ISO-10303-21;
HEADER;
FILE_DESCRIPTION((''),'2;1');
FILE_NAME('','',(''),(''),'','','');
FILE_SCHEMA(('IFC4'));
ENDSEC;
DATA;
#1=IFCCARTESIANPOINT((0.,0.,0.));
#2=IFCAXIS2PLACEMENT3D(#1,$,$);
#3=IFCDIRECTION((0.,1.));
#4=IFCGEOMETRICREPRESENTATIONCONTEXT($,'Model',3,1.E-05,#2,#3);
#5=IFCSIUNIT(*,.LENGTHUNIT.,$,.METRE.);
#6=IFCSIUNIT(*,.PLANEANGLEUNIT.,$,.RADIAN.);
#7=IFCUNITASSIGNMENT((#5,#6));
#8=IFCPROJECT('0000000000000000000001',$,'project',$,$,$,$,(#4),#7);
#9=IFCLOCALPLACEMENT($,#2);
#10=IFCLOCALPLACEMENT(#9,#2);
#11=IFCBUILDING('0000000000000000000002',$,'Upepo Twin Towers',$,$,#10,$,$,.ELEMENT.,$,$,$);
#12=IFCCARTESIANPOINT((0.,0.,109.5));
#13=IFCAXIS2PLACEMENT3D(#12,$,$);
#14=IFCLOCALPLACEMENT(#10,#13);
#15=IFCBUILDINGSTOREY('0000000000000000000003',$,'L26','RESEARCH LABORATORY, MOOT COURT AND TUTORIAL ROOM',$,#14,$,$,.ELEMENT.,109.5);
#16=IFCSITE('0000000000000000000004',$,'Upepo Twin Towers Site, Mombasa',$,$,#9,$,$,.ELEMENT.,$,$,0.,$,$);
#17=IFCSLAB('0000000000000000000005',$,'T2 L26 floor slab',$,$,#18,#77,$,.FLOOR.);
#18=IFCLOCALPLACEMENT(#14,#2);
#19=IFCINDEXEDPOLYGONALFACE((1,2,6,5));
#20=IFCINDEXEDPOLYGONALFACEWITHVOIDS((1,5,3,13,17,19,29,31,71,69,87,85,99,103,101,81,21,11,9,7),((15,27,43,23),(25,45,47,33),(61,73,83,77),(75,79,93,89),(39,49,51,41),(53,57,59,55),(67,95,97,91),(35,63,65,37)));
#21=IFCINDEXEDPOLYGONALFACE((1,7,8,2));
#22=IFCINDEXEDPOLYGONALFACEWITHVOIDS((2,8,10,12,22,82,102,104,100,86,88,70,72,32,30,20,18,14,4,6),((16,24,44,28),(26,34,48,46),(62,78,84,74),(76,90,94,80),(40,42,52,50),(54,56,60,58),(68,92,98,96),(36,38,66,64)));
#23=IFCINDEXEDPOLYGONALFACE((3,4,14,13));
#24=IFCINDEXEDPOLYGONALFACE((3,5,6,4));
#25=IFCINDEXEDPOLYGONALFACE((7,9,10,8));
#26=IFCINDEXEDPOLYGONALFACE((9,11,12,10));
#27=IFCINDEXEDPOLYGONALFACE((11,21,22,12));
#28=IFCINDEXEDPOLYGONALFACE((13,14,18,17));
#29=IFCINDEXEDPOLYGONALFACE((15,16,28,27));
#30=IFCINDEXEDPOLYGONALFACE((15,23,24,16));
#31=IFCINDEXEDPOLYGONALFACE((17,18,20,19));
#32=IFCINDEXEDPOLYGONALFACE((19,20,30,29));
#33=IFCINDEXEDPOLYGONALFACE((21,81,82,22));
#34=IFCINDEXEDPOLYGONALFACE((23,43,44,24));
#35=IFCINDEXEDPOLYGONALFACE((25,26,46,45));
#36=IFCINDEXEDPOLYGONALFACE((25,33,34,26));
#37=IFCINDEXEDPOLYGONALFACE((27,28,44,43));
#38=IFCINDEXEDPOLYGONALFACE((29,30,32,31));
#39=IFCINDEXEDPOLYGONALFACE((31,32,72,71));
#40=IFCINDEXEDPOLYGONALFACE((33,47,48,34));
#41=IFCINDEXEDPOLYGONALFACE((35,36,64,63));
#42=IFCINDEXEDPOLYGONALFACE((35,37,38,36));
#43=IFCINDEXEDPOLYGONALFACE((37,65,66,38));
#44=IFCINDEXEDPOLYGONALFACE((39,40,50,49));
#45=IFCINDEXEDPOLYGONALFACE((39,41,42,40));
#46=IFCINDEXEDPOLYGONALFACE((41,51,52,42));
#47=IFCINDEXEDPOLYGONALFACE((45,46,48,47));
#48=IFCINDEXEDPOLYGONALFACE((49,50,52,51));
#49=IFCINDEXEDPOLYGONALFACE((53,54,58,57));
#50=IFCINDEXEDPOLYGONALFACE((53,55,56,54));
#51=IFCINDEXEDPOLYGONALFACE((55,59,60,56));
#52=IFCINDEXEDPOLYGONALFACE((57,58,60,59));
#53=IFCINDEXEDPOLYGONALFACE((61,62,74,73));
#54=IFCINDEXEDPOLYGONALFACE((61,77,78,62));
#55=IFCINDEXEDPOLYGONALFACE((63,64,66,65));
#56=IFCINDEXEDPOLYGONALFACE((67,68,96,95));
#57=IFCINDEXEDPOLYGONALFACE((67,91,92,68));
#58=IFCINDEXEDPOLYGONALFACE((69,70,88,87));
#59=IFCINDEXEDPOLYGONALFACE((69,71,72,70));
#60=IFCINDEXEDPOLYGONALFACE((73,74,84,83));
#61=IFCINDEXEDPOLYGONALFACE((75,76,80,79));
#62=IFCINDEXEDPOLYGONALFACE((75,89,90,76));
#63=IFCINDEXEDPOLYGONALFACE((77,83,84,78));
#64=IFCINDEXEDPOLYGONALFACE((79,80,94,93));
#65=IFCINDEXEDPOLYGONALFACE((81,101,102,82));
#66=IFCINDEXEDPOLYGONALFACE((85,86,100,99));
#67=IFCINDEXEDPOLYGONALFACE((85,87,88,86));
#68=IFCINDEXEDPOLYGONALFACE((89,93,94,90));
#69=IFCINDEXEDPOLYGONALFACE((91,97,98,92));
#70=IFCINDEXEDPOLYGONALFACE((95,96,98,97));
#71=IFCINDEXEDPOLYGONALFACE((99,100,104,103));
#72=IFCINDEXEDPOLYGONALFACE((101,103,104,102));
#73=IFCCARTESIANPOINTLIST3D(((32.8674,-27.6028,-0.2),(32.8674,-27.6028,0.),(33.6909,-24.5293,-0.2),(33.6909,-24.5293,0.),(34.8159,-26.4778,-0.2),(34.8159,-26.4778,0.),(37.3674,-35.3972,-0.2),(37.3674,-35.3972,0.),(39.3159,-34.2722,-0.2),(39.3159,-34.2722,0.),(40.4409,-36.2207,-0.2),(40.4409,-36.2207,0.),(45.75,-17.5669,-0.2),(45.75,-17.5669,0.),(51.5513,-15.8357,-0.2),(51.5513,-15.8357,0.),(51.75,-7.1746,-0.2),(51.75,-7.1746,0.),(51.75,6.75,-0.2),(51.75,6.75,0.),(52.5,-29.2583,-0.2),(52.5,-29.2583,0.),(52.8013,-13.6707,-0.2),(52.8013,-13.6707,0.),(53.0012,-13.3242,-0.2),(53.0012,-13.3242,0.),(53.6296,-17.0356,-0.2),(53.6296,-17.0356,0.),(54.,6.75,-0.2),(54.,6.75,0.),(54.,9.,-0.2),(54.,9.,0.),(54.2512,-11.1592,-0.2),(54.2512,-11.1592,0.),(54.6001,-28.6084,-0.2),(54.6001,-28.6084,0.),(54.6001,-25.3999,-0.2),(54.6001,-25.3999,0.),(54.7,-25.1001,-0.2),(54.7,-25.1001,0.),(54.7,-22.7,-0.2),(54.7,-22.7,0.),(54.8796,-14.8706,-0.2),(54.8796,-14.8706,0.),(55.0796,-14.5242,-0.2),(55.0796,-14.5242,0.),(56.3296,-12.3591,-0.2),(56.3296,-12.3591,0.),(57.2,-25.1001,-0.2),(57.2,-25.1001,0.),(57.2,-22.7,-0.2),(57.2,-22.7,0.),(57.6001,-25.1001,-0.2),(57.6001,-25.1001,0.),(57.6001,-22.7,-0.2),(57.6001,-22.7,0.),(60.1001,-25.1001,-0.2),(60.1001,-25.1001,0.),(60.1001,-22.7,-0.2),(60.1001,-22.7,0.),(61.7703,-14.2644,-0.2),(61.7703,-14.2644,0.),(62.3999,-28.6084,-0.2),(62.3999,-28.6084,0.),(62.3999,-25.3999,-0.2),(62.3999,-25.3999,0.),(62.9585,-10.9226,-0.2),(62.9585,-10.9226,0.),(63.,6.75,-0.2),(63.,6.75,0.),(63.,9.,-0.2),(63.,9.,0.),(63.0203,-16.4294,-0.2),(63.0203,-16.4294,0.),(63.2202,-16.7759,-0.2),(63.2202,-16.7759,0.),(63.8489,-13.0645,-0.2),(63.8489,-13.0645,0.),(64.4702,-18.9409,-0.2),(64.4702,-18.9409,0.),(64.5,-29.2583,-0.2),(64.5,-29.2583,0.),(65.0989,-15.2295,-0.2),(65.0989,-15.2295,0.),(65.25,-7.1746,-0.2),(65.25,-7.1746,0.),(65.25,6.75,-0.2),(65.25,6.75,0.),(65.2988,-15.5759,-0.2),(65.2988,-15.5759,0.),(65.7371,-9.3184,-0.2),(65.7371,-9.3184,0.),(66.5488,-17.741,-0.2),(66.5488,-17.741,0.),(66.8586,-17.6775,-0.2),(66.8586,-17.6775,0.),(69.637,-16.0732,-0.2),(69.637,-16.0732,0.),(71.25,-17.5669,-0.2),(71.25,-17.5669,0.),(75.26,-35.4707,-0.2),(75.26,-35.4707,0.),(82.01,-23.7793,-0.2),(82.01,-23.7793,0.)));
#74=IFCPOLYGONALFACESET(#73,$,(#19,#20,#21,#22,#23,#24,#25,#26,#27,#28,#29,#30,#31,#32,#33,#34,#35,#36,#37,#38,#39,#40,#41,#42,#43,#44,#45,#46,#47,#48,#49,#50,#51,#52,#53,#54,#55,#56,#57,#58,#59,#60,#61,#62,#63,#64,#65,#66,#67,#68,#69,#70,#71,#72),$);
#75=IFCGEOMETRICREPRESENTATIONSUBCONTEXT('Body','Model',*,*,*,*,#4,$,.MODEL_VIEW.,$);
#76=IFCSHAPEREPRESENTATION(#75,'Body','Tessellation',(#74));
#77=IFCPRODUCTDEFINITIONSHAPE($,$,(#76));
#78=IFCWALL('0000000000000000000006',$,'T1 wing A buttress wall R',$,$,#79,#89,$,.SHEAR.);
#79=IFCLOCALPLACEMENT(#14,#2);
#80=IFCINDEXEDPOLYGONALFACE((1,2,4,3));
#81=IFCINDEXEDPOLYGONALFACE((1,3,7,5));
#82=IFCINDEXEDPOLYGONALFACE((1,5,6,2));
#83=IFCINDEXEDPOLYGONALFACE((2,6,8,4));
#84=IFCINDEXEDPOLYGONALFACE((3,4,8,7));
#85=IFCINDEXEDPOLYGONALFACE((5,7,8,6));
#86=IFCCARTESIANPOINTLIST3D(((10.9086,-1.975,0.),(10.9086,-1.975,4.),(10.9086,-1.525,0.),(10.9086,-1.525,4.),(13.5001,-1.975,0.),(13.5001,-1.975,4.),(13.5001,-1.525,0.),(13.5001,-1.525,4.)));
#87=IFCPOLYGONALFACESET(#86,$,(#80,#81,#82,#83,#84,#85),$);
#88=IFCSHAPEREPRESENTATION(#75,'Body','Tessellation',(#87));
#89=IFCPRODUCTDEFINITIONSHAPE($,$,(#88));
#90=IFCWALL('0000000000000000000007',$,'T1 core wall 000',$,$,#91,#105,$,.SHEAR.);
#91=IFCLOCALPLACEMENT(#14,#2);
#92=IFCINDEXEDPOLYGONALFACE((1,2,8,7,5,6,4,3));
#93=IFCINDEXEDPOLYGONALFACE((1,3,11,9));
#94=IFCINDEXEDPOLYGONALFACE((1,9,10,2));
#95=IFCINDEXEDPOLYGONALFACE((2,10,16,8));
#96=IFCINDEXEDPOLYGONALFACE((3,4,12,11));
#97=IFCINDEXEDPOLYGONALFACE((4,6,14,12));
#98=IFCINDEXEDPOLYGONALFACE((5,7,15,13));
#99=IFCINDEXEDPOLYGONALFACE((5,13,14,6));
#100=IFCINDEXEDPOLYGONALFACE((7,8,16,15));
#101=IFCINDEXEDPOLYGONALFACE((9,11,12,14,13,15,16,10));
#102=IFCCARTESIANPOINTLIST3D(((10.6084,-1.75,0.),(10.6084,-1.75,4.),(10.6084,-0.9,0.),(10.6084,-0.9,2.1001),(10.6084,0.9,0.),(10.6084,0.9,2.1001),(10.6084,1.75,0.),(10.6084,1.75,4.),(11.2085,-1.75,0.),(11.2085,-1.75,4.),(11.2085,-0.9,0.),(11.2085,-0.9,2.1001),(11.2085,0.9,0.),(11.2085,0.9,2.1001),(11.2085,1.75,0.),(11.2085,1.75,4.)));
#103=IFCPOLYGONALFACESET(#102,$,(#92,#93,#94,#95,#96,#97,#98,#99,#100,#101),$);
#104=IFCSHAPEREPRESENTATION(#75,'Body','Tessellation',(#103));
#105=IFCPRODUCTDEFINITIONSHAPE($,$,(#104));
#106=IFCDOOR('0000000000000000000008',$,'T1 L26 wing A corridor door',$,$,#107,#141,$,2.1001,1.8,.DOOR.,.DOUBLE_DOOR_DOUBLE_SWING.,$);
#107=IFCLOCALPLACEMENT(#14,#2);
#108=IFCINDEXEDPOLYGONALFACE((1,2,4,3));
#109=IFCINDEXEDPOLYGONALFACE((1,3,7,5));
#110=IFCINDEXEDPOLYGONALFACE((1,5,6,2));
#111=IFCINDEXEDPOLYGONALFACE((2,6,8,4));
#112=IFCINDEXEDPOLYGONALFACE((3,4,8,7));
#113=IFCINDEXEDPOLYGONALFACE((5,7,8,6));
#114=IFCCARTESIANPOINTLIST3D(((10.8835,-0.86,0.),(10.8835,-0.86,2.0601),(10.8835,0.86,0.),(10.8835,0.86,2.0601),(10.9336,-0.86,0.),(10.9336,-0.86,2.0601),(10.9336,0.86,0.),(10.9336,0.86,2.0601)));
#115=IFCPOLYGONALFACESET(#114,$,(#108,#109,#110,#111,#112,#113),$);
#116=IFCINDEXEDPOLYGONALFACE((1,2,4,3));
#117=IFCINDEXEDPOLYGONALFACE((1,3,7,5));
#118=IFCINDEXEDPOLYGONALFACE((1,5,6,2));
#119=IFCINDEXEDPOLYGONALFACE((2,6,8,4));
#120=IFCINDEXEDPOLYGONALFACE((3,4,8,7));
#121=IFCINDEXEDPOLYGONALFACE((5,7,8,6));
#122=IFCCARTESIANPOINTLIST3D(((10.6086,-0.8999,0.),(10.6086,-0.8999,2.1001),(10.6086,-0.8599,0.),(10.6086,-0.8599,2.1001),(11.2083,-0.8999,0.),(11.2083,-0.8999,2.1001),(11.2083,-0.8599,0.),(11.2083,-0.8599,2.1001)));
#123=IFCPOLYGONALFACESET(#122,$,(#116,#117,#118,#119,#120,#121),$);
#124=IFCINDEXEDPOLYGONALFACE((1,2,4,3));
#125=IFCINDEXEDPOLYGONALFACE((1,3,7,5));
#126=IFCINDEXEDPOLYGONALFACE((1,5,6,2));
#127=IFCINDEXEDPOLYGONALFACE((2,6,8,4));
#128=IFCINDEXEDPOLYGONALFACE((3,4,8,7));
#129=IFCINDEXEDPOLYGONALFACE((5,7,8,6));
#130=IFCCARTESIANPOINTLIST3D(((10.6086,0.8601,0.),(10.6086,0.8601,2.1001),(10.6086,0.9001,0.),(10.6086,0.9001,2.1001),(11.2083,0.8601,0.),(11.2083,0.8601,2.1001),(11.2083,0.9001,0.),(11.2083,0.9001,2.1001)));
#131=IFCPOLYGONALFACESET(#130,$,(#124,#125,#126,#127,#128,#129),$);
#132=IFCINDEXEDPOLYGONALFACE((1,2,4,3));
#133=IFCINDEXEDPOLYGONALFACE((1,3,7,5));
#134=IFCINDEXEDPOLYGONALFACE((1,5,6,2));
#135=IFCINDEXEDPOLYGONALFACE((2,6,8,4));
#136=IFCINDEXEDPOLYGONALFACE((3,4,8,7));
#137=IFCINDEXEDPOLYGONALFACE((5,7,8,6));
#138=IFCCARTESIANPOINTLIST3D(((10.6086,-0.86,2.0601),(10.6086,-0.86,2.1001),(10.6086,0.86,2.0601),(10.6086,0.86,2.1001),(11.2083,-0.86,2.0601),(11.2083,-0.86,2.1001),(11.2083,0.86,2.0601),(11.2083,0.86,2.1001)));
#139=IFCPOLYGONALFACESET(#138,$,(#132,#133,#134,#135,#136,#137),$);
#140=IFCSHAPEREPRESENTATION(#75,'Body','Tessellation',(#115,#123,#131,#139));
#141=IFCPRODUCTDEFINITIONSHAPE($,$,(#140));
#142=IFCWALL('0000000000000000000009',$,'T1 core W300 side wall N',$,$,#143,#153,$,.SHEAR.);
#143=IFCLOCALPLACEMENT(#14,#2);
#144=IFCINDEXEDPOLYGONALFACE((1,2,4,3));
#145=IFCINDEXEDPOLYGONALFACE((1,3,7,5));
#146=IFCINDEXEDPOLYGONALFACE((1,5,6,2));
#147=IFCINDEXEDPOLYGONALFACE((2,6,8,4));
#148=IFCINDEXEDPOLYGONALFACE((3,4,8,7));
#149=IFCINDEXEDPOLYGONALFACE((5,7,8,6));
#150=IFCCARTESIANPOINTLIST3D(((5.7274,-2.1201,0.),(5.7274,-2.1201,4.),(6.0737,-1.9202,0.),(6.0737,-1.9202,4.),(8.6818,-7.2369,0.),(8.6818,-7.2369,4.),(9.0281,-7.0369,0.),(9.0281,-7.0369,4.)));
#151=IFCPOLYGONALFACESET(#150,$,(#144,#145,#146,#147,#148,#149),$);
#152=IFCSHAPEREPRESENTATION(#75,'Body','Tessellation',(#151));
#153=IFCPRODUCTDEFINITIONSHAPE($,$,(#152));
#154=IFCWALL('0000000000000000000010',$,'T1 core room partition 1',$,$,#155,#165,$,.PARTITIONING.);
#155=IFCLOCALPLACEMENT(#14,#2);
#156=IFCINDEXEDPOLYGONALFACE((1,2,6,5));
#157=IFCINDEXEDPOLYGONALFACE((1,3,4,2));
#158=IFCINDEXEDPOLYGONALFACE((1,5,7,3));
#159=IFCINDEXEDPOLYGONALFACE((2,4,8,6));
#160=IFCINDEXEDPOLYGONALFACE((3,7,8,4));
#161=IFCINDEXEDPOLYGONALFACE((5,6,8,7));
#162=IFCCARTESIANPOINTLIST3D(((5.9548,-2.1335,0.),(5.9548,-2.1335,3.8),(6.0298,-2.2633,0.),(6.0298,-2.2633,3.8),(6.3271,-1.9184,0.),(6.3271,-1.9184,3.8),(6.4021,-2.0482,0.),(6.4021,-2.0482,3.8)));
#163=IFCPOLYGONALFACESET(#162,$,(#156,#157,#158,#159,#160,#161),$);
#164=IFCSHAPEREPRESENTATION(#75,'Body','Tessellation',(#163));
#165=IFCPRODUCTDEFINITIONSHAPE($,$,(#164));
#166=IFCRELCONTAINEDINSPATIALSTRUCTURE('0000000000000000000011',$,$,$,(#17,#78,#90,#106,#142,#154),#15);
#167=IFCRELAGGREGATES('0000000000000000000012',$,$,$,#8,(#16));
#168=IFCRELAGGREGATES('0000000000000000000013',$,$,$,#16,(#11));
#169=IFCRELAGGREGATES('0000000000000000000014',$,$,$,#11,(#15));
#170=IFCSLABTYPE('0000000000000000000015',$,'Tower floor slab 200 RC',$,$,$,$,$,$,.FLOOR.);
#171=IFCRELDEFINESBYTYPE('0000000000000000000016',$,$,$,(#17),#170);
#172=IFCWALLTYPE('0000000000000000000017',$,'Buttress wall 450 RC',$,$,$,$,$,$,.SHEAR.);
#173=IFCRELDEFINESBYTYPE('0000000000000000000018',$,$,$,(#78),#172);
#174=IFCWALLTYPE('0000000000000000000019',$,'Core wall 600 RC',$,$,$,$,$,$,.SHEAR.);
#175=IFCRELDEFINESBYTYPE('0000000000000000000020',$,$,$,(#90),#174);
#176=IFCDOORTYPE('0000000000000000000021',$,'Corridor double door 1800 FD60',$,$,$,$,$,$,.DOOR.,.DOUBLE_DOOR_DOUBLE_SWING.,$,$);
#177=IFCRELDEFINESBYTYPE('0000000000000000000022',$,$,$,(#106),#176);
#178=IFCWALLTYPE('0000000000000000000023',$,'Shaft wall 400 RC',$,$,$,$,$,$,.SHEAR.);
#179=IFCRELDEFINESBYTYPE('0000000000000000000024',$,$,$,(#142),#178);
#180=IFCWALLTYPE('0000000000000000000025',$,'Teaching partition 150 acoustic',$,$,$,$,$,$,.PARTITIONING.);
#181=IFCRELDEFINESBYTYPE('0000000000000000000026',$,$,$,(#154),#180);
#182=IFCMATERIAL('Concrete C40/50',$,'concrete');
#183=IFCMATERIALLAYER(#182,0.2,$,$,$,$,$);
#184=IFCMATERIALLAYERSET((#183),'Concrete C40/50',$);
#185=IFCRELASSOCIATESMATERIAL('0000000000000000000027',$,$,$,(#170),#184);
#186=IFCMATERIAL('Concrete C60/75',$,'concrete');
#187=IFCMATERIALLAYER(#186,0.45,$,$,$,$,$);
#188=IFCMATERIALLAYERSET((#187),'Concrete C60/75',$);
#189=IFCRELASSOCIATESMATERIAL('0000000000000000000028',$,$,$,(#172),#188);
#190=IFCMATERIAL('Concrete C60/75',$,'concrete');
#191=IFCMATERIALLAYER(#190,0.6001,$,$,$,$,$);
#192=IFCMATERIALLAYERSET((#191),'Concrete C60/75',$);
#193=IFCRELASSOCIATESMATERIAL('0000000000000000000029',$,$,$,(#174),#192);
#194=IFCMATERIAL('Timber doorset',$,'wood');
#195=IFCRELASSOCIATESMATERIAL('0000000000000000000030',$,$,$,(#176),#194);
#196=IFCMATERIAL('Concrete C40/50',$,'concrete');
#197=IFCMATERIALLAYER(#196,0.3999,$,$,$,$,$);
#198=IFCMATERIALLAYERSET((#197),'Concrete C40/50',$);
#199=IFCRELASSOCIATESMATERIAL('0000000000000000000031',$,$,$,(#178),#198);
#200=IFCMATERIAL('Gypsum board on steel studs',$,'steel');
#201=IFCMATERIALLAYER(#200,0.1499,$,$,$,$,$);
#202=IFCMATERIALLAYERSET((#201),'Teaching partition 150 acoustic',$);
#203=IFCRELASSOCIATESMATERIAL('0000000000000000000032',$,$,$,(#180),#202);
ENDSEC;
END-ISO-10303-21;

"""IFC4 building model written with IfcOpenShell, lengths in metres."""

from ifc_helpers import new_model, si_unit, direction, frame, frame_2d, origin, place, context, subcontext, project, spatial, polyline, rectangle, outline, extrude, material, layer, layer_set, type_object, element, fill, save


model = new_model("IFC4")

# Units and contexts
model_context = context("Model", 3, precision=1e-05, world=origin(), true_north=direction((0.0, 1.0)))
body_context = subcontext(model_context, "Body", "Model", "MODEL_VIEW")
ifc_project = project(units=[si_unit("LENGTHUNIT", "METRE"), si_unit("PLANEANGLEUNIT", "RADIAN")], contexts=[model_context])

# Site, building, storey
site_placement = place(None, origin())
site = spatial("IfcSite", under=ifc_project, at=site_placement, Name="Upepo Twin Towers Site, Mombasa", CompositionType="ELEMENT", RefElevation=0.0)
building_placement = place(site_placement, origin())
building = spatial("IfcBuilding", under=site, at=building_placement, Name="Upepo Twin Towers", CompositionType="ELEMENT")
storey_placement = place(building_placement, frame((0.0, 0.0, 109.5)))
storey = spatial("IfcBuildingStorey", under=building, at=storey_placement, Name="L26", Description="RESEARCH LABORATORY, MOOT COURT AND TUTORIAL ROOM", CompositionType="ELEMENT", Elevation=109.5)

# Slab
ifc_material_1 = material(Name="Concrete C40/50", Category="concrete")
ifc_layer_1 = layer(ifc_material_1, 0.2)
ifc_layer_set_1 = layer_set([ifc_layer_1], Name="Concrete C40/50")
slab_type_1 = type_object("IfcSlabType", Name="Tower floor slab 200 RC", PredefinedType="FLOOR", material=ifc_layer_set_1)
slab_1_placement = place(storey_placement, frame((0.0, 0.0, -0.2)))
element("IfcSlab", 1, at=slab_1_placement, inside=storey, type_object=slab_type_1, Name="T2 L26 floor slab", PredefinedType="FLOOR", context=body_context, shape_type="SweptSolid", body=[
    extrude(outline(polyline([(75.26, -35.4707), (64.5, -29.2583), (52.5, -29.2583), (40.4409, -36.2207), (39.3159, -34.2722), (37.3674, -35.3972), (32.8674, -27.6028), (34.8159, -26.4778), (33.6909, -24.5293), (45.75, -17.5669), (51.75, -7.1746), (51.75, 6.75), (54.0, 6.75), (54.0, 9.0), (63.0, 9.0), (63.0, 6.75), (65.25, 6.75), (65.25, -7.1746), (71.25, -17.5669), (82.01, -23.7793), (75.26, -35.4707)]), holes=[polyline([(56.3296, -12.3591), (54.2512, -11.1592), (53.0012, -13.3242), (55.0796, -14.5242), (56.3296, -12.3591)]), polyline([(54.8796, -14.8706), (52.8013, -13.6707), (51.5513, -15.8357), (53.6296, -17.0356), (54.8796, -14.8706)]), polyline([(54.7, -22.7), (54.7, -25.1001), (57.2, -25.1001), (57.2, -22.7), (54.7, -22.7)]), polyline([(57.6001, -22.7), (57.6001, -25.1001), (60.1001, -25.1001), (60.1001, -22.7), (57.6001, -22.7)]), polyline([(54.6001, -25.3999), (54.6001, -28.6084), (62.3999, -28.6084), (62.3999, -25.3999), (54.6001, -25.3999)]), polyline([(64.4702, -18.9409), (66.5488, -17.741), (65.2988, -15.5759), (63.2202, -16.7759), (64.4702, -18.9409)]), polyline([(63.0203, -16.4294), (65.0989, -15.2295), (63.8489, -13.0645), (61.7703, -14.2644), (63.0203, -16.4294)]), polyline([(66.8586, -17.6775), (69.637, -16.0732), (65.7371, -9.3184), (62.9585, -10.9226), (66.8586, -17.6775)])]), origin(), (0.0, 0.0, 1.0), 0.2),
])

# Wall
ifc_material_2 = material(Name="Concrete C60/75", Category="concrete")
ifc_layer_2 = layer(ifc_material_2, 0.45)
ifc_layer_set_2 = layer_set([ifc_layer_2], Name="Concrete C60/75")
wall_type_1 = type_object("IfcWallType", Name="Buttress wall 450 RC", PredefinedType="SHEAR", material=ifc_layer_set_2)
wall_1_placement = place(storey_placement, frame((10.9084, -1.75, 0.0), z_axis=(0.0, 0.0, 1.0), x_axis=(1.0, 0.0, 0.0)))
element("IfcWall", 2, at=wall_1_placement, inside=storey, type_object=wall_type_1, Name="T1 wing A buttress wall R", PredefinedType="SHEAR", context=body_context, shape_type="SweptSolid", body=[
    extrude(rectangle(XDim=2.5916, YDim=0.45, at=frame_2d((1.2959, 0.0))), origin(), (0.0, 0.0, 1.0), 4.0),
])

# Wall, opening, door
ifc_material_3 = material(Name="Concrete C60/75", Category="concrete")
ifc_layer_3 = layer(ifc_material_3, 0.6001)
ifc_layer_set_3 = layer_set([ifc_layer_3], Name="Concrete C60/75")
wall_type_2 = type_object("IfcWallType", Name="Core wall 600 RC", PredefinedType="SHEAR", material=ifc_layer_set_3)
wall_2_placement = place(storey_placement, frame((10.9084, -1.75, 0.0), z_axis=(0.0, 0.0, 1.0), x_axis=(0.0, 1.0, 0.0)))
wall_2 = element("IfcWall", 3, at=wall_2_placement, inside=storey, type_object=wall_type_2, Name="T1 core wall 000", PredefinedType="SHEAR", context=body_context, shape_type="SweptSolid", body=[
    extrude(rectangle(XDim=3.5, YDim=0.6001, at=frame_2d((1.75, 0.0))), origin(), (0.0, 0.0, 1.0), 4.0),
])
opening_1_placement = place(wall_2_placement, frame((0.8501, 0.0, 0.0)))
opening_1 = element("IfcOpeningElement", 4, at=opening_1_placement, cuts=wall_2, PredefinedType="OPENING", context=body_context, shape_type="SweptSolid", body=[
    extrude(rectangle(XDim=1.8, YDim=2.1001, at=frame_2d((0.8999, 1.05))), frame((0.0, 0.3101, 0.0), z_axis=(0.0, -1.0, 0.0), x_axis=(1.0, 0.0, 0.0)), (0.0, 0.0, 1.0), 0.6201),
])
ifc_material_4 = material(Name="Timber doorset", Category="wood")
door_type_1 = type_object("IfcDoorType", Name="Corridor double door 1800 FD60", OperationType="DOUBLE_DOOR_DOUBLE_SWING", PredefinedType="DOOR", material=ifc_material_4)
door_1_placement = place(opening_1_placement, origin())
door_1 = element("IfcDoor", 5, at=door_1_placement, inside=storey, type_object=door_type_1, Name="T1 L26 wing A corridor door", OperationType="DOUBLE_DOOR_DOUBLE_SWING", OverallHeight=2.1001, OverallWidth=1.8, PredefinedType="DOOR", context=body_context, shape_type="SweptSolid", body=[
    extrude(rectangle(XDim=1.72, YDim=2.0601, at=frame_2d((0.8999, 1.03))), frame((0.0, 0.0249, 0.0), z_axis=(0.0, -1.0, 0.0), x_axis=(1.0, 0.0, 0.0)), (0.0, 0.0, 1.0), 0.05),
    extrude(rectangle(XDim=0.04, YDim=2.1001, at=frame_2d((0.02, 1.05))), frame((0.0, 0.2998, 0.0), z_axis=(0.0, -1.0, 0.0), x_axis=(1.0, 0.0, 0.0)), (0.0, 0.0, 1.0), 0.5996),
    extrude(rectangle(XDim=0.04, YDim=2.1001, at=frame_2d((1.78, 1.05))), frame((0.0, 0.2998, 0.0), z_axis=(0.0, -1.0, 0.0), x_axis=(1.0, 0.0, 0.0)), (0.0, 0.0, 1.0), 0.5996),
    extrude(rectangle(XDim=1.72, YDim=0.04, at=frame_2d((0.8999, 2.0801))), frame((0.0, 0.2998, 0.0), z_axis=(0.0, -1.0, 0.0), x_axis=(1.0, 0.0, 0.0)), (0.0, 0.0, 1.0), 0.5996),
])
fill(opening_1, door_1)

# Walls
ifc_material_5 = material(Name="Concrete C40/50", Category="concrete")
ifc_layer_4 = layer(ifc_material_5, 0.3999)
ifc_layer_set_4 = layer_set([ifc_layer_4], Name="Concrete C40/50")
wall_type_3 = type_object("IfcWallType", Name="Shaft wall 400 RC", PredefinedType="SHEAR", material=ifc_layer_set_4)
wall_3_placement = place(storey_placement, frame((5.9006, -2.0203, 0.0), z_axis=(0.0, 0.0, 1.0), x_axis=(0.500028, -0.866009, 0.0)))
element("IfcWall", 6, at=wall_3_placement, inside=storey, type_object=wall_type_3, Name="T1 core W300 side wall N", PredefinedType="SHEAR", context=body_context, shape_type="SweptSolid", body=[
    extrude(rectangle(XDim=5.9084, YDim=0.3999, at=frame_2d((2.9541, 0.0))), origin(), (0.0, 0.0, 1.0), 4.0),
])
ifc_material_6 = material(Name="Gypsum board on steel studs", Category="steel")
ifc_layer_5 = layer(ifc_material_6, 0.1499)
ifc_layer_set_5 = layer_set([ifc_layer_5], Name="Teaching partition 150 acoustic")
wall_type_4 = type_object("IfcWallType", Name="Teaching partition 150 acoustic", PredefinedType="PARTITIONING", material=ifc_layer_set_5)
wall_4_placement = place(storey_placement, frame((6.3645, -1.9834, 0.0), z_axis=(0.0, 0.0, 1.0), x_axis=(-0.865892, -0.50023, 0.0)))
element("IfcWall", 7, at=wall_4_placement, inside=storey, type_object=wall_type_4, Name="T1 core room partition 1", PredefinedType="PARTITIONING", context=body_context, shape_type="SweptSolid", body=[
    extrude(rectangle(XDim=0.4299, YDim=0.1499, at=frame_2d((0.2148, 0.0))), origin(), (0.0, 0.0, 1.0), 3.8),
])

save(model, "model.ifc")
